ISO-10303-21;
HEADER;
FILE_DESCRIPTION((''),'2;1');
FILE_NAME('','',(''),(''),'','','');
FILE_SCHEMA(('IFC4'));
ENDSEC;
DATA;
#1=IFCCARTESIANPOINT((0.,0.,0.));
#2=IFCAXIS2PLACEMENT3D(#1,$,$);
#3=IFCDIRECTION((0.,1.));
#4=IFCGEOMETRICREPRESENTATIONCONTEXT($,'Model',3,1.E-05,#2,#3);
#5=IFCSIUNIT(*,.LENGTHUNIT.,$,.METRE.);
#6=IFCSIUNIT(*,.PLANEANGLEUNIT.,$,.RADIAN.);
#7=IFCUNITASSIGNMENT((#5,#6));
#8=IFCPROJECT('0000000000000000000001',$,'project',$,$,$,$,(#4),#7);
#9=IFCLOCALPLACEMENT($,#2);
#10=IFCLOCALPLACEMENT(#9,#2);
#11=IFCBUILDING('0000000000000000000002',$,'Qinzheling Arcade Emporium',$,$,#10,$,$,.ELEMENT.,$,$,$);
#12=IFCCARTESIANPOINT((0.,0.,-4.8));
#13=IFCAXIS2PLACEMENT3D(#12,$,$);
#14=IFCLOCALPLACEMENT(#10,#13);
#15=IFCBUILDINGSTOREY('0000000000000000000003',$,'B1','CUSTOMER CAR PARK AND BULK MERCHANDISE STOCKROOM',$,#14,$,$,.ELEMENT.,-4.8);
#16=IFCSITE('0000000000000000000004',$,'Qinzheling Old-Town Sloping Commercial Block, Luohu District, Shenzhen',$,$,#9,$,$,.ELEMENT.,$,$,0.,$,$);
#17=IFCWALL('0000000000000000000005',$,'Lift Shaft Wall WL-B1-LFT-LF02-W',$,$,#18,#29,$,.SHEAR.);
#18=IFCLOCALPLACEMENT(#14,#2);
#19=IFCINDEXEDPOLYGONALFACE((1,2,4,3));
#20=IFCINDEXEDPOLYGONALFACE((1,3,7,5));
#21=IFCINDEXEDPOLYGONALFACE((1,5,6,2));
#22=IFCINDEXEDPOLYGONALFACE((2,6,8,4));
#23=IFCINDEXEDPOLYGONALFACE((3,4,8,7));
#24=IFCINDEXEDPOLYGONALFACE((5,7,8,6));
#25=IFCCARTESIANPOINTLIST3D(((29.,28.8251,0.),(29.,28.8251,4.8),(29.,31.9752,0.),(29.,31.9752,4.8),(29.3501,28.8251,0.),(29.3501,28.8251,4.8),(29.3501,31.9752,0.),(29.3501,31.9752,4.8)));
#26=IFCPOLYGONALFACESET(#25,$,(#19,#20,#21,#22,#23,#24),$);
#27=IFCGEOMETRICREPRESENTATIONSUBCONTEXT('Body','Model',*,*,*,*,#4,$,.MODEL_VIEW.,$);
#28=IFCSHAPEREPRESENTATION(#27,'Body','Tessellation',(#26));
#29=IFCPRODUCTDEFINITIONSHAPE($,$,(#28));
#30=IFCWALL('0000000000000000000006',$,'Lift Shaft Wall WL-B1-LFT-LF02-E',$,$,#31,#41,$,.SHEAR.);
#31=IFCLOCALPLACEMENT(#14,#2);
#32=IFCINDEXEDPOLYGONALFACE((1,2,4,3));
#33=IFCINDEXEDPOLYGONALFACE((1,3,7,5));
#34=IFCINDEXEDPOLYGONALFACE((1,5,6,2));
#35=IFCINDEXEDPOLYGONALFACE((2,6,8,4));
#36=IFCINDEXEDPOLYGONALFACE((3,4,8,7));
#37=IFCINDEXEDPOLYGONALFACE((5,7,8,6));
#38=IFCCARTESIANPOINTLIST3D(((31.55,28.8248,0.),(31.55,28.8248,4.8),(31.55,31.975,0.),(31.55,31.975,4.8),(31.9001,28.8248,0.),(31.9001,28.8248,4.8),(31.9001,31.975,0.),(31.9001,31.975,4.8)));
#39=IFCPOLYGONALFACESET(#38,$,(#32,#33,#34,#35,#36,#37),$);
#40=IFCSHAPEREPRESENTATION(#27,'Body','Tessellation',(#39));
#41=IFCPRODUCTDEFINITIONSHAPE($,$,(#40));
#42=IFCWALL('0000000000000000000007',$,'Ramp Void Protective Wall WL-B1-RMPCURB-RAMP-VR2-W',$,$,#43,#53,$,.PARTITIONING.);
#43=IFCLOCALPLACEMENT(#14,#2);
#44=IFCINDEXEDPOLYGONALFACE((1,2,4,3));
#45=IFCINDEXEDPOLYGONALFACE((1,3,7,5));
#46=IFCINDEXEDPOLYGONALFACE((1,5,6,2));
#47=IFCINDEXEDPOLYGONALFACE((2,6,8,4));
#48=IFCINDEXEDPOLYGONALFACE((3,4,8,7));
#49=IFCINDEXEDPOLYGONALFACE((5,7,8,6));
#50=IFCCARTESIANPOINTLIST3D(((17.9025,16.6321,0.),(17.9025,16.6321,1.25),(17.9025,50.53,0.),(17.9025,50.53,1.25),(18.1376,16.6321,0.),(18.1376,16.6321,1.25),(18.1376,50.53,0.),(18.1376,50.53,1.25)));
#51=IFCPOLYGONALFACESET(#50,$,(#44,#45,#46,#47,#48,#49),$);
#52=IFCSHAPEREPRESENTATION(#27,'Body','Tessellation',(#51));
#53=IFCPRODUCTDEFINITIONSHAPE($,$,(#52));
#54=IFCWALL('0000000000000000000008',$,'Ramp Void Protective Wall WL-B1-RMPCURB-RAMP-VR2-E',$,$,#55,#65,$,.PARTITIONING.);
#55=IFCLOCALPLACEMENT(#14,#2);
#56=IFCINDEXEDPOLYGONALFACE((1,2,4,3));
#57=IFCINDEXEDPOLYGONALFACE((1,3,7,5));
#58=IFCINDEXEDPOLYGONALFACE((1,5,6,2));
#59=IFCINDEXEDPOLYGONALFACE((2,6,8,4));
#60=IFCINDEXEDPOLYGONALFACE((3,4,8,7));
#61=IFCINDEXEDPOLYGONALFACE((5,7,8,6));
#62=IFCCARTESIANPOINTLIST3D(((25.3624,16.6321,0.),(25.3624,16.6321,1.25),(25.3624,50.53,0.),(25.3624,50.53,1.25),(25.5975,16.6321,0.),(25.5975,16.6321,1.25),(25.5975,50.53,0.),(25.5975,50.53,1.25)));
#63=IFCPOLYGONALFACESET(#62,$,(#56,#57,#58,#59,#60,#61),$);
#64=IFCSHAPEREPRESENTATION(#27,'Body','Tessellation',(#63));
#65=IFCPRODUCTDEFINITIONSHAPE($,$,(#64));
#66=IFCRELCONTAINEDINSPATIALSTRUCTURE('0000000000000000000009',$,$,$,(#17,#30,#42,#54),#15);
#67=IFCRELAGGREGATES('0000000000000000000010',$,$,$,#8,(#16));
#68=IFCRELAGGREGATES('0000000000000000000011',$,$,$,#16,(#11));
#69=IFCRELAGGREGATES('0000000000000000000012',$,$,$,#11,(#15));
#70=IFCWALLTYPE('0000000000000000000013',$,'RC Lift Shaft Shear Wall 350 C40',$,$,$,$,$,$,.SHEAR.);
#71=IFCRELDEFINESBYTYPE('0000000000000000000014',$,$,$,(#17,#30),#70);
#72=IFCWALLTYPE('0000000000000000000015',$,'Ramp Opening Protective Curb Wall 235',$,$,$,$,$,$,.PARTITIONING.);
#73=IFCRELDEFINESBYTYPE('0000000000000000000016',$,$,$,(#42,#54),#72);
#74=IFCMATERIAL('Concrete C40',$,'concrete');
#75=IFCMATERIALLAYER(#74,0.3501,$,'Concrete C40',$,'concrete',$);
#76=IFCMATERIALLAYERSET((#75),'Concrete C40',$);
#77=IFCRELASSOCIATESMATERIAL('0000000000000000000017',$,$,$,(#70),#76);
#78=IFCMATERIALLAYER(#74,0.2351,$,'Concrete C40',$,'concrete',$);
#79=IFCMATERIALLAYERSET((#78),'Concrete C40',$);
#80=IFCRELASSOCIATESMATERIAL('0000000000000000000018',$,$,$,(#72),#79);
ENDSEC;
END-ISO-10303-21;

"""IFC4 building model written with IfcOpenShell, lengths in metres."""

from ifc_helpers import new_model, si_unit, direction, frame, frame_2d, origin, place, context, subcontext, project, spatial, rectangle, extrude, material, layer, layer_set, type_object, element, save


model = new_model("IFC4")

# Units and contexts
model_context = context("Model", 3, precision=1e-05, world=origin(), true_north=direction((0.0, 1.0)))
body_context = subcontext(model_context, "Body", "Model", "MODEL_VIEW")
ifc_project = project(units=[si_unit("LENGTHUNIT", "METRE"), si_unit("PLANEANGLEUNIT", "RADIAN")], contexts=[model_context])

# Site, building, storey
site_placement = place(None, origin())
site = spatial("IfcSite", under=ifc_project, at=site_placement, Name="Qinzheling Old-Town Sloping Commercial Block, Luohu District, Shenzhen", CompositionType="ELEMENT", RefElevation=0.0)
building_placement = place(site_placement, origin())
building = spatial("IfcBuilding", under=site, at=building_placement, Name="Qinzheling Arcade Emporium", CompositionType="ELEMENT")
storey_placement = place(building_placement, frame((0.0, 0.0, -4.8)))
storey = spatial("IfcBuildingStorey", under=building, at=storey_placement, Name="B1", Description="CUSTOMER CAR PARK AND BULK MERCHANDISE STOCKROOM", CompositionType="ELEMENT", Elevation=-4.8)

# Shared definitions
ifc_material_1 = material(Name="Concrete C40", Category="concrete")

# Shared definitions
ifc_layer_1 = layer(ifc_material_1, 0.3501, Name="Concrete C40", Category="concrete")
ifc_layer_set_1 = layer_set([ifc_layer_1], Name="Concrete C40")
wall_type_1 = type_object("IfcWallType", Name="RC Lift Shaft Shear Wall 350 C40", PredefinedType="SHEAR", material=ifc_layer_set_1)

# Walls
for number, where, z_axis, x_axis, name in (
    (1, (29.175, 28.825, 0.0), (0.0, 0.0, 1.0), (0.0, 1.0, 0.0), "Lift Shaft Wall WL-B1-LFT-LF02-W"),
    (2, (31.7251, 31.9751, 0.0), (0.0, 0.0, 1.0), (0.0, -1.0, 0.0), "Lift Shaft Wall WL-B1-LFT-LF02-E"),
):
    element("IfcWall", number, at=place(storey_placement, frame(where, z_axis=z_axis, x_axis=x_axis)), inside=storey, type_object=wall_type_1, Name=name, PredefinedType="SHEAR", context=body_context, shape_type="SweptSolid", body=[
        extrude(rectangle(XDim=3.1501, YDim=0.3501, at=frame_2d((1.5752, 0.0))), origin(), (0.0, 0.0, 1.0), 4.8),
    ])
ifc_layer_2 = layer(ifc_material_1, 0.2351, Name="Concrete C40", Category="concrete")
ifc_layer_set_2 = layer_set([ifc_layer_2], Name="Concrete C40")
wall_type_2 = type_object("IfcWallType", Name="Ramp Opening Protective Curb Wall 235", PredefinedType="PARTITIONING", material=ifc_layer_set_2)
for number, where, z_axis, x_axis, name in (
    (3, (18.02, 16.6321, 0.0), (0.0, 0.0, 1.0), (0.0, 1.0, 0.0), "Ramp Void Protective Wall WL-B1-RMPCURB-RAMP-VR2-W"),
    (4, (25.48, 16.6321, 0.0), (0.0, 0.0, 1.0), (0.0, 1.0, 0.0), "Ramp Void Protective Wall WL-B1-RMPCURB-RAMP-VR2-E"),
):
    element("IfcWall", number, at=place(storey_placement, frame(where, z_axis=z_axis, x_axis=x_axis)), inside=storey, type_object=wall_type_2, Name=name, PredefinedType="PARTITIONING", context=body_context, shape_type="SweptSolid", body=[
        extrude(rectangle(XDim=33.8979, YDim=0.2351, at=frame_2d((16.949, 0.0))), origin(), (0.0, 0.0, 1.0), 1.25),
    ])

save(model, "model.ifc")
